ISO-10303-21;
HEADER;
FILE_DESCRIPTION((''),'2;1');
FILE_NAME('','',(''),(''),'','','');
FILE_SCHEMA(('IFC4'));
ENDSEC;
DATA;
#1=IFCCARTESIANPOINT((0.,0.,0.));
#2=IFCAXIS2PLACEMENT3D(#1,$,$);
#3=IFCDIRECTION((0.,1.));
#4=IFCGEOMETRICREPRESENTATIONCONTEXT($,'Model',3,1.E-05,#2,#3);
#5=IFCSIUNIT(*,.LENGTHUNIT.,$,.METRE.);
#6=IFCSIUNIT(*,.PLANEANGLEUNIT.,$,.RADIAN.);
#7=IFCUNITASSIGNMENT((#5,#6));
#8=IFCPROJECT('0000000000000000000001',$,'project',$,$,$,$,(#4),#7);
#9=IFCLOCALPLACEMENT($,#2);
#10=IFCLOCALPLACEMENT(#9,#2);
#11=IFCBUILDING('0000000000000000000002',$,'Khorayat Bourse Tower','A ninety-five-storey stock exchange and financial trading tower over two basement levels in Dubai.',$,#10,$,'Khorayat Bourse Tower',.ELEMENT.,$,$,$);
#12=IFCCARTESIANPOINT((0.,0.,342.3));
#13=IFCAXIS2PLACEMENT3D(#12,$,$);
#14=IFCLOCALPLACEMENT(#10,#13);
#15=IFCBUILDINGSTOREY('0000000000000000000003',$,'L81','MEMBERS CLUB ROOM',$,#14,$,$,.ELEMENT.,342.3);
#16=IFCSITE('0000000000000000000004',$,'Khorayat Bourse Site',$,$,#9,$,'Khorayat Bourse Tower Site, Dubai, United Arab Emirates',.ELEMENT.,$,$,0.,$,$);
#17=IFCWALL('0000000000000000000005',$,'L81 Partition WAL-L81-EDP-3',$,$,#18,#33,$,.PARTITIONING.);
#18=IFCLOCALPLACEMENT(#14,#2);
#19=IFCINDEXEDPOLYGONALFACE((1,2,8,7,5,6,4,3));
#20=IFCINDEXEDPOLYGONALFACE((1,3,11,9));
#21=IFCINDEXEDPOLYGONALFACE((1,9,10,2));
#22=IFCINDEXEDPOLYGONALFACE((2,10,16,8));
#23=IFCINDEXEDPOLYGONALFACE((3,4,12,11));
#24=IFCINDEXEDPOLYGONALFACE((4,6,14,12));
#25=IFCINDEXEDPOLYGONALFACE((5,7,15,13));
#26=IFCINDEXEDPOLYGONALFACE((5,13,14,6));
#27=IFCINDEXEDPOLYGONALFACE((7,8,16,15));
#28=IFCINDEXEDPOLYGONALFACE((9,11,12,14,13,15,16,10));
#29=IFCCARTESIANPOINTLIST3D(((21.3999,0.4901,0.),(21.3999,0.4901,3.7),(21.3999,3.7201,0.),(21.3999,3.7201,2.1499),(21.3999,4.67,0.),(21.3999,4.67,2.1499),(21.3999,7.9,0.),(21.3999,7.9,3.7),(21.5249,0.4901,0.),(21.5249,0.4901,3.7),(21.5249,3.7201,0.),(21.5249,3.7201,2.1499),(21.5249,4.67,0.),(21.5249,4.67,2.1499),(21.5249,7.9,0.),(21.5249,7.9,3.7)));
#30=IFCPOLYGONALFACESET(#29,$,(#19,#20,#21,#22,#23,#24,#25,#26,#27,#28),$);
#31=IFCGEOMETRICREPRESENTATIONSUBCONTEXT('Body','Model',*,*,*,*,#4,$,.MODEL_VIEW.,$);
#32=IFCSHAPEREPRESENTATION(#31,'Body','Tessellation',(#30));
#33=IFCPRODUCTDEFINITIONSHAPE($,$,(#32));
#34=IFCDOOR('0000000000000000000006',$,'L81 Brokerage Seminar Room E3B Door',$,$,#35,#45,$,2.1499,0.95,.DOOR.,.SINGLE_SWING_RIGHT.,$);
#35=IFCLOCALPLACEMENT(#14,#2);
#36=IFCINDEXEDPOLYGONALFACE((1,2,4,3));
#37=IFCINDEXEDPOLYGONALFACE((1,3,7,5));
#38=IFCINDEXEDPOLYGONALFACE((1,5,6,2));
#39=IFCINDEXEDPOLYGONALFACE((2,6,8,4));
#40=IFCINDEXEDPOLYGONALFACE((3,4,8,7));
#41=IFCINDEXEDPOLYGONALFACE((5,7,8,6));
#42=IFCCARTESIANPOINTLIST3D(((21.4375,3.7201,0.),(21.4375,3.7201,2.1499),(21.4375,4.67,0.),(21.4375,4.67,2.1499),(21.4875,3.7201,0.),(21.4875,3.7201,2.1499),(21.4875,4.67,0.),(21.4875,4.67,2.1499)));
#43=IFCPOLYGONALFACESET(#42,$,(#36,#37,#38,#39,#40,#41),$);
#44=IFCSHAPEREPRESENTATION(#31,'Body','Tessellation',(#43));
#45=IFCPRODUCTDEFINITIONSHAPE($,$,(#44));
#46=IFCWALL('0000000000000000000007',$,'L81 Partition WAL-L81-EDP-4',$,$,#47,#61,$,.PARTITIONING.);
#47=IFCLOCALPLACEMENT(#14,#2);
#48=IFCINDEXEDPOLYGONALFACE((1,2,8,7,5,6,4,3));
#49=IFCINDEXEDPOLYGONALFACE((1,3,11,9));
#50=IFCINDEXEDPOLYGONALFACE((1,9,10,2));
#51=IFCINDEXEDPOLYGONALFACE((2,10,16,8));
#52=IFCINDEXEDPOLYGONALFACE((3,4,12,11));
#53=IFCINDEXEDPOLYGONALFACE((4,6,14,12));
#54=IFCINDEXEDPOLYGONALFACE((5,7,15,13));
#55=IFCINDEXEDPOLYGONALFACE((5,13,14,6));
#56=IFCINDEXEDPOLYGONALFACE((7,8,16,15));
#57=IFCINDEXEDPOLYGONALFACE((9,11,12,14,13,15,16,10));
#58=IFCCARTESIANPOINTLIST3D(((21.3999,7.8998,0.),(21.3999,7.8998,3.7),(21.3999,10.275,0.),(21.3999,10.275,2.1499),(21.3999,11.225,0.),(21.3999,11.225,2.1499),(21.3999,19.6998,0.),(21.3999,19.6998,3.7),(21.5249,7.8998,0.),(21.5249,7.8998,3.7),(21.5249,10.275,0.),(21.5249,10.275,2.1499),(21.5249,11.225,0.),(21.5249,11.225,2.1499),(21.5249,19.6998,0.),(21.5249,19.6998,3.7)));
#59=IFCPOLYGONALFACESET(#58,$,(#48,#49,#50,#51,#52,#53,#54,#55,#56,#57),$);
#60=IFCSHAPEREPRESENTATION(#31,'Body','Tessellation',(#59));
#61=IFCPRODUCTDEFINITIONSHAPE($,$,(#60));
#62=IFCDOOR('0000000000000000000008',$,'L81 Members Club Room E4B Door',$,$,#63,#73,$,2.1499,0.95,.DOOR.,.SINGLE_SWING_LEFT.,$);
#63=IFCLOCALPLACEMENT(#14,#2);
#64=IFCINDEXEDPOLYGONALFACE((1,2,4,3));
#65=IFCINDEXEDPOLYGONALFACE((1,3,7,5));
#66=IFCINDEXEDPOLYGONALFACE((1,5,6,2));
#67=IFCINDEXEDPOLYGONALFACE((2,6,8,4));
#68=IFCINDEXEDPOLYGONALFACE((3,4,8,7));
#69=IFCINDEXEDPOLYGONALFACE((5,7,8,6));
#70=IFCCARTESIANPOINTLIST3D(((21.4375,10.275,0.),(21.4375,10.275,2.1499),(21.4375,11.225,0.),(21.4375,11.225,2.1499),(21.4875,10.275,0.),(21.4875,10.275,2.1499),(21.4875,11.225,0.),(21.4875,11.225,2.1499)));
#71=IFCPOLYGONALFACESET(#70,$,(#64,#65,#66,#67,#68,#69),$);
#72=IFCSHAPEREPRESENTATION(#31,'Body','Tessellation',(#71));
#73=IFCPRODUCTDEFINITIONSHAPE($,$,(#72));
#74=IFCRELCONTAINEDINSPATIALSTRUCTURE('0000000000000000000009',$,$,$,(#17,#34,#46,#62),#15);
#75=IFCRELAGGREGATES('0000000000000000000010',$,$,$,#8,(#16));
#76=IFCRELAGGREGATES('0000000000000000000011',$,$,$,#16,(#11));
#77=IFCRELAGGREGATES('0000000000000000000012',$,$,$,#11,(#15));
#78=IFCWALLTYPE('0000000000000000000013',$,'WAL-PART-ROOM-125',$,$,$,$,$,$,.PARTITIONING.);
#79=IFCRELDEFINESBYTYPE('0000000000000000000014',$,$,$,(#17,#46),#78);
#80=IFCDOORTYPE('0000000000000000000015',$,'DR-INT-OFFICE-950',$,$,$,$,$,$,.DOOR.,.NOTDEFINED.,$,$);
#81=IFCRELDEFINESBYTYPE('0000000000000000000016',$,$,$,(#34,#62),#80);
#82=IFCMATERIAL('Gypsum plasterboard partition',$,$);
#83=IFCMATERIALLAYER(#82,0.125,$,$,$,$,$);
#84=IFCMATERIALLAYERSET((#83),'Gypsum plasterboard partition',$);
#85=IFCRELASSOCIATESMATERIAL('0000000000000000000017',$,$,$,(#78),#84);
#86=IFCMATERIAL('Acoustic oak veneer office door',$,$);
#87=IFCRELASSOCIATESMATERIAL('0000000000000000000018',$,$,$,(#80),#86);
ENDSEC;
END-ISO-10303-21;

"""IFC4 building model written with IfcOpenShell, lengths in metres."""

from ifc_helpers import new_model, si_unit, direction, frame, frame_2d, origin, place, context, subcontext, project, spatial, rectangle, extrude, source, transform, mapped, material, layer, layer_set, type_object, element, fill, save


model = new_model("IFC4")

# Units and contexts
model_context = context("Model", 3, precision=1e-05, world=origin(), true_north=direction((0.0, 1.0)))
body_context = subcontext(model_context, "Body", "Model", "MODEL_VIEW")
ifc_project = project(units=[si_unit("LENGTHUNIT", "METRE"), si_unit("PLANEANGLEUNIT", "RADIAN")], contexts=[model_context])

# Site, building, storey
site_placement = place(None, origin())
site = spatial("IfcSite", under=ifc_project, at=site_placement, Name="Khorayat Bourse Site", LongName="Khorayat Bourse Tower Site, Dubai, United Arab Emirates", CompositionType="ELEMENT", RefElevation=0.0)
building_placement = place(site_placement, origin())
building = spatial("IfcBuilding", under=site, at=building_placement, Name="Khorayat Bourse Tower", Description="A ninety-five-storey stock exchange and financial trading tower over two basement levels in Dubai.", LongName="Khorayat Bourse Tower", CompositionType="ELEMENT")
storey_placement = place(building_placement, frame((0.0, 0.0, 342.3)))
storey = spatial("IfcBuildingStorey", under=building, at=storey_placement, Name="L81", Description="MEMBERS CLUB ROOM", CompositionType="ELEMENT", Elevation=342.3)

# Shared definitions
ifc_material_1 = material(Name="Gypsum plasterboard partition")
ifc_layer_1 = layer(ifc_material_1, 0.125)
ifc_layer_set_1 = layer_set([ifc_layer_1], Name="Gypsum plasterboard partition")
wall_type = type_object("IfcWallType", Name="WAL-PART-ROOM-125", PredefinedType="PARTITIONING", material=ifc_layer_set_1)

# Walls, openings, doors
shared_shape_1 = source(origin(), body_context, "Body", "SweptSolid", [
    extrude(rectangle(XDim=7.4099, YDim=0.125, at=frame_2d((3.7051, 0.0))), origin(), (0.0, 0.0, 1.0), 3.7),
])
wall_1_placement = place(storey_placement, frame((21.4624, 0.49, 0.0), z_axis=(0.0, 0.0, 1.0), x_axis=(0.0, 1.0, 0.0)))
wall_1 = element("IfcWall", 1, at=wall_1_placement, inside=storey, type_object=wall_type, Name="L81 Partition WAL-L81-EDP-3", PredefinedType="PARTITIONING", context=body_context, shape_type="MappedRepresentation", body=[
    mapped(shared_shape_1, transform((0.0, 0.0, 0.0), scale=1.0)),
])
shared_shape_2 = source(origin(), body_context, "Body", "SweptSolid", [
    extrude(rectangle(XDim=0.95, YDim=2.1499, at=frame_2d((0.4751, 1.075))), frame((0.0, 0.0725, 0.0), z_axis=(0.0, -1.0, 0.0), x_axis=(1.0, 0.0, 0.0)), (0.0, 0.0, 1.0), 0.145),
])
opening_1_placement = place(wall_1_placement, frame((3.23, 0.0, 0.0)))
opening_1 = element("IfcOpeningElement", 2, at=opening_1_placement, cuts=wall_1, PredefinedType="OPENING", context=body_context, shape_type="MappedRepresentation", body=[
    mapped(shared_shape_2, transform((0.0, 0.0, 0.0), scale=1.0)),
])
ifc_material_2 = material(Name="Acoustic oak veneer office door")
door_type = type_object("IfcDoorType", Name="DR-INT-OFFICE-950", OperationType="NOTDEFINED", PredefinedType="DOOR", material=ifc_material_2)
shared_shape_3 = source(origin(), body_context, "Body", "SweptSolid", [
    extrude(rectangle(XDim=0.95, YDim=2.1499, at=frame_2d((0.4751, 1.075))), frame((0.0, 0.0249, 0.0), z_axis=(0.0, -1.0, 0.0), x_axis=(1.0, 0.0, 0.0)), (0.0, 0.0, 1.0), 0.05),
])
door_1_placement = place(opening_1_placement, origin())
door_1 = element("IfcDoor", 3, at=door_1_placement, inside=storey, type_object=door_type, Name="L81 Brokerage Seminar Room E3B Door", OperationType="SINGLE_SWING_RIGHT", OverallHeight=2.1499, OverallWidth=0.95, PredefinedType="DOOR", context=body_context, shape_type="MappedRepresentation", body=[
    mapped(shared_shape_3, transform((0.0, 0.0, 0.0), scale=1.0)),
])
fill(opening_1, door_1)
shared_shape_4 = source(origin(), body_context, "Body", "SweptSolid", [
    extrude(rectangle(XDim=11.8, YDim=0.125, at=frame_2d((5.8999, 0.0))), origin(), (0.0, 0.0, 1.0), 3.7),
])
wall_2_placement = place(storey_placement, frame((21.4624, 7.8999, 0.0), z_axis=(0.0, 0.0, 1.0), x_axis=(0.0, 1.0, 0.0)))
wall_2 = element("IfcWall", 4, at=wall_2_placement, inside=storey, type_object=wall_type, Name="L81 Partition WAL-L81-EDP-4", PredefinedType="PARTITIONING", context=body_context, shape_type="MappedRepresentation", body=[
    mapped(shared_shape_4, transform((0.0, 0.0, 0.0), scale=1.0)),
])
opening_2_placement = place(wall_2_placement, frame((2.375, 0.0, 0.0)))
opening_2 = element("IfcOpeningElement", 5, at=opening_2_placement, cuts=wall_2, PredefinedType="OPENING", context=body_context, shape_type="MappedRepresentation", body=[
    mapped(shared_shape_2, transform((0.0, 0.0, 0.0), scale=1.0)),
])
door_2_placement = place(opening_2_placement, origin())
door_2 = element("IfcDoor", 6, at=door_2_placement, inside=storey, type_object=door_type, Name="L81 Members Club Room E4B Door", OperationType="SINGLE_SWING_LEFT", OverallHeight=2.1499, OverallWidth=0.95, PredefinedType="DOOR", context=body_context, shape_type="MappedRepresentation", body=[
    mapped(shared_shape_3, transform((0.0, 0.0, 0.0), scale=1.0)),
])
fill(opening_2, door_2)

save(model, "model.ifc")
